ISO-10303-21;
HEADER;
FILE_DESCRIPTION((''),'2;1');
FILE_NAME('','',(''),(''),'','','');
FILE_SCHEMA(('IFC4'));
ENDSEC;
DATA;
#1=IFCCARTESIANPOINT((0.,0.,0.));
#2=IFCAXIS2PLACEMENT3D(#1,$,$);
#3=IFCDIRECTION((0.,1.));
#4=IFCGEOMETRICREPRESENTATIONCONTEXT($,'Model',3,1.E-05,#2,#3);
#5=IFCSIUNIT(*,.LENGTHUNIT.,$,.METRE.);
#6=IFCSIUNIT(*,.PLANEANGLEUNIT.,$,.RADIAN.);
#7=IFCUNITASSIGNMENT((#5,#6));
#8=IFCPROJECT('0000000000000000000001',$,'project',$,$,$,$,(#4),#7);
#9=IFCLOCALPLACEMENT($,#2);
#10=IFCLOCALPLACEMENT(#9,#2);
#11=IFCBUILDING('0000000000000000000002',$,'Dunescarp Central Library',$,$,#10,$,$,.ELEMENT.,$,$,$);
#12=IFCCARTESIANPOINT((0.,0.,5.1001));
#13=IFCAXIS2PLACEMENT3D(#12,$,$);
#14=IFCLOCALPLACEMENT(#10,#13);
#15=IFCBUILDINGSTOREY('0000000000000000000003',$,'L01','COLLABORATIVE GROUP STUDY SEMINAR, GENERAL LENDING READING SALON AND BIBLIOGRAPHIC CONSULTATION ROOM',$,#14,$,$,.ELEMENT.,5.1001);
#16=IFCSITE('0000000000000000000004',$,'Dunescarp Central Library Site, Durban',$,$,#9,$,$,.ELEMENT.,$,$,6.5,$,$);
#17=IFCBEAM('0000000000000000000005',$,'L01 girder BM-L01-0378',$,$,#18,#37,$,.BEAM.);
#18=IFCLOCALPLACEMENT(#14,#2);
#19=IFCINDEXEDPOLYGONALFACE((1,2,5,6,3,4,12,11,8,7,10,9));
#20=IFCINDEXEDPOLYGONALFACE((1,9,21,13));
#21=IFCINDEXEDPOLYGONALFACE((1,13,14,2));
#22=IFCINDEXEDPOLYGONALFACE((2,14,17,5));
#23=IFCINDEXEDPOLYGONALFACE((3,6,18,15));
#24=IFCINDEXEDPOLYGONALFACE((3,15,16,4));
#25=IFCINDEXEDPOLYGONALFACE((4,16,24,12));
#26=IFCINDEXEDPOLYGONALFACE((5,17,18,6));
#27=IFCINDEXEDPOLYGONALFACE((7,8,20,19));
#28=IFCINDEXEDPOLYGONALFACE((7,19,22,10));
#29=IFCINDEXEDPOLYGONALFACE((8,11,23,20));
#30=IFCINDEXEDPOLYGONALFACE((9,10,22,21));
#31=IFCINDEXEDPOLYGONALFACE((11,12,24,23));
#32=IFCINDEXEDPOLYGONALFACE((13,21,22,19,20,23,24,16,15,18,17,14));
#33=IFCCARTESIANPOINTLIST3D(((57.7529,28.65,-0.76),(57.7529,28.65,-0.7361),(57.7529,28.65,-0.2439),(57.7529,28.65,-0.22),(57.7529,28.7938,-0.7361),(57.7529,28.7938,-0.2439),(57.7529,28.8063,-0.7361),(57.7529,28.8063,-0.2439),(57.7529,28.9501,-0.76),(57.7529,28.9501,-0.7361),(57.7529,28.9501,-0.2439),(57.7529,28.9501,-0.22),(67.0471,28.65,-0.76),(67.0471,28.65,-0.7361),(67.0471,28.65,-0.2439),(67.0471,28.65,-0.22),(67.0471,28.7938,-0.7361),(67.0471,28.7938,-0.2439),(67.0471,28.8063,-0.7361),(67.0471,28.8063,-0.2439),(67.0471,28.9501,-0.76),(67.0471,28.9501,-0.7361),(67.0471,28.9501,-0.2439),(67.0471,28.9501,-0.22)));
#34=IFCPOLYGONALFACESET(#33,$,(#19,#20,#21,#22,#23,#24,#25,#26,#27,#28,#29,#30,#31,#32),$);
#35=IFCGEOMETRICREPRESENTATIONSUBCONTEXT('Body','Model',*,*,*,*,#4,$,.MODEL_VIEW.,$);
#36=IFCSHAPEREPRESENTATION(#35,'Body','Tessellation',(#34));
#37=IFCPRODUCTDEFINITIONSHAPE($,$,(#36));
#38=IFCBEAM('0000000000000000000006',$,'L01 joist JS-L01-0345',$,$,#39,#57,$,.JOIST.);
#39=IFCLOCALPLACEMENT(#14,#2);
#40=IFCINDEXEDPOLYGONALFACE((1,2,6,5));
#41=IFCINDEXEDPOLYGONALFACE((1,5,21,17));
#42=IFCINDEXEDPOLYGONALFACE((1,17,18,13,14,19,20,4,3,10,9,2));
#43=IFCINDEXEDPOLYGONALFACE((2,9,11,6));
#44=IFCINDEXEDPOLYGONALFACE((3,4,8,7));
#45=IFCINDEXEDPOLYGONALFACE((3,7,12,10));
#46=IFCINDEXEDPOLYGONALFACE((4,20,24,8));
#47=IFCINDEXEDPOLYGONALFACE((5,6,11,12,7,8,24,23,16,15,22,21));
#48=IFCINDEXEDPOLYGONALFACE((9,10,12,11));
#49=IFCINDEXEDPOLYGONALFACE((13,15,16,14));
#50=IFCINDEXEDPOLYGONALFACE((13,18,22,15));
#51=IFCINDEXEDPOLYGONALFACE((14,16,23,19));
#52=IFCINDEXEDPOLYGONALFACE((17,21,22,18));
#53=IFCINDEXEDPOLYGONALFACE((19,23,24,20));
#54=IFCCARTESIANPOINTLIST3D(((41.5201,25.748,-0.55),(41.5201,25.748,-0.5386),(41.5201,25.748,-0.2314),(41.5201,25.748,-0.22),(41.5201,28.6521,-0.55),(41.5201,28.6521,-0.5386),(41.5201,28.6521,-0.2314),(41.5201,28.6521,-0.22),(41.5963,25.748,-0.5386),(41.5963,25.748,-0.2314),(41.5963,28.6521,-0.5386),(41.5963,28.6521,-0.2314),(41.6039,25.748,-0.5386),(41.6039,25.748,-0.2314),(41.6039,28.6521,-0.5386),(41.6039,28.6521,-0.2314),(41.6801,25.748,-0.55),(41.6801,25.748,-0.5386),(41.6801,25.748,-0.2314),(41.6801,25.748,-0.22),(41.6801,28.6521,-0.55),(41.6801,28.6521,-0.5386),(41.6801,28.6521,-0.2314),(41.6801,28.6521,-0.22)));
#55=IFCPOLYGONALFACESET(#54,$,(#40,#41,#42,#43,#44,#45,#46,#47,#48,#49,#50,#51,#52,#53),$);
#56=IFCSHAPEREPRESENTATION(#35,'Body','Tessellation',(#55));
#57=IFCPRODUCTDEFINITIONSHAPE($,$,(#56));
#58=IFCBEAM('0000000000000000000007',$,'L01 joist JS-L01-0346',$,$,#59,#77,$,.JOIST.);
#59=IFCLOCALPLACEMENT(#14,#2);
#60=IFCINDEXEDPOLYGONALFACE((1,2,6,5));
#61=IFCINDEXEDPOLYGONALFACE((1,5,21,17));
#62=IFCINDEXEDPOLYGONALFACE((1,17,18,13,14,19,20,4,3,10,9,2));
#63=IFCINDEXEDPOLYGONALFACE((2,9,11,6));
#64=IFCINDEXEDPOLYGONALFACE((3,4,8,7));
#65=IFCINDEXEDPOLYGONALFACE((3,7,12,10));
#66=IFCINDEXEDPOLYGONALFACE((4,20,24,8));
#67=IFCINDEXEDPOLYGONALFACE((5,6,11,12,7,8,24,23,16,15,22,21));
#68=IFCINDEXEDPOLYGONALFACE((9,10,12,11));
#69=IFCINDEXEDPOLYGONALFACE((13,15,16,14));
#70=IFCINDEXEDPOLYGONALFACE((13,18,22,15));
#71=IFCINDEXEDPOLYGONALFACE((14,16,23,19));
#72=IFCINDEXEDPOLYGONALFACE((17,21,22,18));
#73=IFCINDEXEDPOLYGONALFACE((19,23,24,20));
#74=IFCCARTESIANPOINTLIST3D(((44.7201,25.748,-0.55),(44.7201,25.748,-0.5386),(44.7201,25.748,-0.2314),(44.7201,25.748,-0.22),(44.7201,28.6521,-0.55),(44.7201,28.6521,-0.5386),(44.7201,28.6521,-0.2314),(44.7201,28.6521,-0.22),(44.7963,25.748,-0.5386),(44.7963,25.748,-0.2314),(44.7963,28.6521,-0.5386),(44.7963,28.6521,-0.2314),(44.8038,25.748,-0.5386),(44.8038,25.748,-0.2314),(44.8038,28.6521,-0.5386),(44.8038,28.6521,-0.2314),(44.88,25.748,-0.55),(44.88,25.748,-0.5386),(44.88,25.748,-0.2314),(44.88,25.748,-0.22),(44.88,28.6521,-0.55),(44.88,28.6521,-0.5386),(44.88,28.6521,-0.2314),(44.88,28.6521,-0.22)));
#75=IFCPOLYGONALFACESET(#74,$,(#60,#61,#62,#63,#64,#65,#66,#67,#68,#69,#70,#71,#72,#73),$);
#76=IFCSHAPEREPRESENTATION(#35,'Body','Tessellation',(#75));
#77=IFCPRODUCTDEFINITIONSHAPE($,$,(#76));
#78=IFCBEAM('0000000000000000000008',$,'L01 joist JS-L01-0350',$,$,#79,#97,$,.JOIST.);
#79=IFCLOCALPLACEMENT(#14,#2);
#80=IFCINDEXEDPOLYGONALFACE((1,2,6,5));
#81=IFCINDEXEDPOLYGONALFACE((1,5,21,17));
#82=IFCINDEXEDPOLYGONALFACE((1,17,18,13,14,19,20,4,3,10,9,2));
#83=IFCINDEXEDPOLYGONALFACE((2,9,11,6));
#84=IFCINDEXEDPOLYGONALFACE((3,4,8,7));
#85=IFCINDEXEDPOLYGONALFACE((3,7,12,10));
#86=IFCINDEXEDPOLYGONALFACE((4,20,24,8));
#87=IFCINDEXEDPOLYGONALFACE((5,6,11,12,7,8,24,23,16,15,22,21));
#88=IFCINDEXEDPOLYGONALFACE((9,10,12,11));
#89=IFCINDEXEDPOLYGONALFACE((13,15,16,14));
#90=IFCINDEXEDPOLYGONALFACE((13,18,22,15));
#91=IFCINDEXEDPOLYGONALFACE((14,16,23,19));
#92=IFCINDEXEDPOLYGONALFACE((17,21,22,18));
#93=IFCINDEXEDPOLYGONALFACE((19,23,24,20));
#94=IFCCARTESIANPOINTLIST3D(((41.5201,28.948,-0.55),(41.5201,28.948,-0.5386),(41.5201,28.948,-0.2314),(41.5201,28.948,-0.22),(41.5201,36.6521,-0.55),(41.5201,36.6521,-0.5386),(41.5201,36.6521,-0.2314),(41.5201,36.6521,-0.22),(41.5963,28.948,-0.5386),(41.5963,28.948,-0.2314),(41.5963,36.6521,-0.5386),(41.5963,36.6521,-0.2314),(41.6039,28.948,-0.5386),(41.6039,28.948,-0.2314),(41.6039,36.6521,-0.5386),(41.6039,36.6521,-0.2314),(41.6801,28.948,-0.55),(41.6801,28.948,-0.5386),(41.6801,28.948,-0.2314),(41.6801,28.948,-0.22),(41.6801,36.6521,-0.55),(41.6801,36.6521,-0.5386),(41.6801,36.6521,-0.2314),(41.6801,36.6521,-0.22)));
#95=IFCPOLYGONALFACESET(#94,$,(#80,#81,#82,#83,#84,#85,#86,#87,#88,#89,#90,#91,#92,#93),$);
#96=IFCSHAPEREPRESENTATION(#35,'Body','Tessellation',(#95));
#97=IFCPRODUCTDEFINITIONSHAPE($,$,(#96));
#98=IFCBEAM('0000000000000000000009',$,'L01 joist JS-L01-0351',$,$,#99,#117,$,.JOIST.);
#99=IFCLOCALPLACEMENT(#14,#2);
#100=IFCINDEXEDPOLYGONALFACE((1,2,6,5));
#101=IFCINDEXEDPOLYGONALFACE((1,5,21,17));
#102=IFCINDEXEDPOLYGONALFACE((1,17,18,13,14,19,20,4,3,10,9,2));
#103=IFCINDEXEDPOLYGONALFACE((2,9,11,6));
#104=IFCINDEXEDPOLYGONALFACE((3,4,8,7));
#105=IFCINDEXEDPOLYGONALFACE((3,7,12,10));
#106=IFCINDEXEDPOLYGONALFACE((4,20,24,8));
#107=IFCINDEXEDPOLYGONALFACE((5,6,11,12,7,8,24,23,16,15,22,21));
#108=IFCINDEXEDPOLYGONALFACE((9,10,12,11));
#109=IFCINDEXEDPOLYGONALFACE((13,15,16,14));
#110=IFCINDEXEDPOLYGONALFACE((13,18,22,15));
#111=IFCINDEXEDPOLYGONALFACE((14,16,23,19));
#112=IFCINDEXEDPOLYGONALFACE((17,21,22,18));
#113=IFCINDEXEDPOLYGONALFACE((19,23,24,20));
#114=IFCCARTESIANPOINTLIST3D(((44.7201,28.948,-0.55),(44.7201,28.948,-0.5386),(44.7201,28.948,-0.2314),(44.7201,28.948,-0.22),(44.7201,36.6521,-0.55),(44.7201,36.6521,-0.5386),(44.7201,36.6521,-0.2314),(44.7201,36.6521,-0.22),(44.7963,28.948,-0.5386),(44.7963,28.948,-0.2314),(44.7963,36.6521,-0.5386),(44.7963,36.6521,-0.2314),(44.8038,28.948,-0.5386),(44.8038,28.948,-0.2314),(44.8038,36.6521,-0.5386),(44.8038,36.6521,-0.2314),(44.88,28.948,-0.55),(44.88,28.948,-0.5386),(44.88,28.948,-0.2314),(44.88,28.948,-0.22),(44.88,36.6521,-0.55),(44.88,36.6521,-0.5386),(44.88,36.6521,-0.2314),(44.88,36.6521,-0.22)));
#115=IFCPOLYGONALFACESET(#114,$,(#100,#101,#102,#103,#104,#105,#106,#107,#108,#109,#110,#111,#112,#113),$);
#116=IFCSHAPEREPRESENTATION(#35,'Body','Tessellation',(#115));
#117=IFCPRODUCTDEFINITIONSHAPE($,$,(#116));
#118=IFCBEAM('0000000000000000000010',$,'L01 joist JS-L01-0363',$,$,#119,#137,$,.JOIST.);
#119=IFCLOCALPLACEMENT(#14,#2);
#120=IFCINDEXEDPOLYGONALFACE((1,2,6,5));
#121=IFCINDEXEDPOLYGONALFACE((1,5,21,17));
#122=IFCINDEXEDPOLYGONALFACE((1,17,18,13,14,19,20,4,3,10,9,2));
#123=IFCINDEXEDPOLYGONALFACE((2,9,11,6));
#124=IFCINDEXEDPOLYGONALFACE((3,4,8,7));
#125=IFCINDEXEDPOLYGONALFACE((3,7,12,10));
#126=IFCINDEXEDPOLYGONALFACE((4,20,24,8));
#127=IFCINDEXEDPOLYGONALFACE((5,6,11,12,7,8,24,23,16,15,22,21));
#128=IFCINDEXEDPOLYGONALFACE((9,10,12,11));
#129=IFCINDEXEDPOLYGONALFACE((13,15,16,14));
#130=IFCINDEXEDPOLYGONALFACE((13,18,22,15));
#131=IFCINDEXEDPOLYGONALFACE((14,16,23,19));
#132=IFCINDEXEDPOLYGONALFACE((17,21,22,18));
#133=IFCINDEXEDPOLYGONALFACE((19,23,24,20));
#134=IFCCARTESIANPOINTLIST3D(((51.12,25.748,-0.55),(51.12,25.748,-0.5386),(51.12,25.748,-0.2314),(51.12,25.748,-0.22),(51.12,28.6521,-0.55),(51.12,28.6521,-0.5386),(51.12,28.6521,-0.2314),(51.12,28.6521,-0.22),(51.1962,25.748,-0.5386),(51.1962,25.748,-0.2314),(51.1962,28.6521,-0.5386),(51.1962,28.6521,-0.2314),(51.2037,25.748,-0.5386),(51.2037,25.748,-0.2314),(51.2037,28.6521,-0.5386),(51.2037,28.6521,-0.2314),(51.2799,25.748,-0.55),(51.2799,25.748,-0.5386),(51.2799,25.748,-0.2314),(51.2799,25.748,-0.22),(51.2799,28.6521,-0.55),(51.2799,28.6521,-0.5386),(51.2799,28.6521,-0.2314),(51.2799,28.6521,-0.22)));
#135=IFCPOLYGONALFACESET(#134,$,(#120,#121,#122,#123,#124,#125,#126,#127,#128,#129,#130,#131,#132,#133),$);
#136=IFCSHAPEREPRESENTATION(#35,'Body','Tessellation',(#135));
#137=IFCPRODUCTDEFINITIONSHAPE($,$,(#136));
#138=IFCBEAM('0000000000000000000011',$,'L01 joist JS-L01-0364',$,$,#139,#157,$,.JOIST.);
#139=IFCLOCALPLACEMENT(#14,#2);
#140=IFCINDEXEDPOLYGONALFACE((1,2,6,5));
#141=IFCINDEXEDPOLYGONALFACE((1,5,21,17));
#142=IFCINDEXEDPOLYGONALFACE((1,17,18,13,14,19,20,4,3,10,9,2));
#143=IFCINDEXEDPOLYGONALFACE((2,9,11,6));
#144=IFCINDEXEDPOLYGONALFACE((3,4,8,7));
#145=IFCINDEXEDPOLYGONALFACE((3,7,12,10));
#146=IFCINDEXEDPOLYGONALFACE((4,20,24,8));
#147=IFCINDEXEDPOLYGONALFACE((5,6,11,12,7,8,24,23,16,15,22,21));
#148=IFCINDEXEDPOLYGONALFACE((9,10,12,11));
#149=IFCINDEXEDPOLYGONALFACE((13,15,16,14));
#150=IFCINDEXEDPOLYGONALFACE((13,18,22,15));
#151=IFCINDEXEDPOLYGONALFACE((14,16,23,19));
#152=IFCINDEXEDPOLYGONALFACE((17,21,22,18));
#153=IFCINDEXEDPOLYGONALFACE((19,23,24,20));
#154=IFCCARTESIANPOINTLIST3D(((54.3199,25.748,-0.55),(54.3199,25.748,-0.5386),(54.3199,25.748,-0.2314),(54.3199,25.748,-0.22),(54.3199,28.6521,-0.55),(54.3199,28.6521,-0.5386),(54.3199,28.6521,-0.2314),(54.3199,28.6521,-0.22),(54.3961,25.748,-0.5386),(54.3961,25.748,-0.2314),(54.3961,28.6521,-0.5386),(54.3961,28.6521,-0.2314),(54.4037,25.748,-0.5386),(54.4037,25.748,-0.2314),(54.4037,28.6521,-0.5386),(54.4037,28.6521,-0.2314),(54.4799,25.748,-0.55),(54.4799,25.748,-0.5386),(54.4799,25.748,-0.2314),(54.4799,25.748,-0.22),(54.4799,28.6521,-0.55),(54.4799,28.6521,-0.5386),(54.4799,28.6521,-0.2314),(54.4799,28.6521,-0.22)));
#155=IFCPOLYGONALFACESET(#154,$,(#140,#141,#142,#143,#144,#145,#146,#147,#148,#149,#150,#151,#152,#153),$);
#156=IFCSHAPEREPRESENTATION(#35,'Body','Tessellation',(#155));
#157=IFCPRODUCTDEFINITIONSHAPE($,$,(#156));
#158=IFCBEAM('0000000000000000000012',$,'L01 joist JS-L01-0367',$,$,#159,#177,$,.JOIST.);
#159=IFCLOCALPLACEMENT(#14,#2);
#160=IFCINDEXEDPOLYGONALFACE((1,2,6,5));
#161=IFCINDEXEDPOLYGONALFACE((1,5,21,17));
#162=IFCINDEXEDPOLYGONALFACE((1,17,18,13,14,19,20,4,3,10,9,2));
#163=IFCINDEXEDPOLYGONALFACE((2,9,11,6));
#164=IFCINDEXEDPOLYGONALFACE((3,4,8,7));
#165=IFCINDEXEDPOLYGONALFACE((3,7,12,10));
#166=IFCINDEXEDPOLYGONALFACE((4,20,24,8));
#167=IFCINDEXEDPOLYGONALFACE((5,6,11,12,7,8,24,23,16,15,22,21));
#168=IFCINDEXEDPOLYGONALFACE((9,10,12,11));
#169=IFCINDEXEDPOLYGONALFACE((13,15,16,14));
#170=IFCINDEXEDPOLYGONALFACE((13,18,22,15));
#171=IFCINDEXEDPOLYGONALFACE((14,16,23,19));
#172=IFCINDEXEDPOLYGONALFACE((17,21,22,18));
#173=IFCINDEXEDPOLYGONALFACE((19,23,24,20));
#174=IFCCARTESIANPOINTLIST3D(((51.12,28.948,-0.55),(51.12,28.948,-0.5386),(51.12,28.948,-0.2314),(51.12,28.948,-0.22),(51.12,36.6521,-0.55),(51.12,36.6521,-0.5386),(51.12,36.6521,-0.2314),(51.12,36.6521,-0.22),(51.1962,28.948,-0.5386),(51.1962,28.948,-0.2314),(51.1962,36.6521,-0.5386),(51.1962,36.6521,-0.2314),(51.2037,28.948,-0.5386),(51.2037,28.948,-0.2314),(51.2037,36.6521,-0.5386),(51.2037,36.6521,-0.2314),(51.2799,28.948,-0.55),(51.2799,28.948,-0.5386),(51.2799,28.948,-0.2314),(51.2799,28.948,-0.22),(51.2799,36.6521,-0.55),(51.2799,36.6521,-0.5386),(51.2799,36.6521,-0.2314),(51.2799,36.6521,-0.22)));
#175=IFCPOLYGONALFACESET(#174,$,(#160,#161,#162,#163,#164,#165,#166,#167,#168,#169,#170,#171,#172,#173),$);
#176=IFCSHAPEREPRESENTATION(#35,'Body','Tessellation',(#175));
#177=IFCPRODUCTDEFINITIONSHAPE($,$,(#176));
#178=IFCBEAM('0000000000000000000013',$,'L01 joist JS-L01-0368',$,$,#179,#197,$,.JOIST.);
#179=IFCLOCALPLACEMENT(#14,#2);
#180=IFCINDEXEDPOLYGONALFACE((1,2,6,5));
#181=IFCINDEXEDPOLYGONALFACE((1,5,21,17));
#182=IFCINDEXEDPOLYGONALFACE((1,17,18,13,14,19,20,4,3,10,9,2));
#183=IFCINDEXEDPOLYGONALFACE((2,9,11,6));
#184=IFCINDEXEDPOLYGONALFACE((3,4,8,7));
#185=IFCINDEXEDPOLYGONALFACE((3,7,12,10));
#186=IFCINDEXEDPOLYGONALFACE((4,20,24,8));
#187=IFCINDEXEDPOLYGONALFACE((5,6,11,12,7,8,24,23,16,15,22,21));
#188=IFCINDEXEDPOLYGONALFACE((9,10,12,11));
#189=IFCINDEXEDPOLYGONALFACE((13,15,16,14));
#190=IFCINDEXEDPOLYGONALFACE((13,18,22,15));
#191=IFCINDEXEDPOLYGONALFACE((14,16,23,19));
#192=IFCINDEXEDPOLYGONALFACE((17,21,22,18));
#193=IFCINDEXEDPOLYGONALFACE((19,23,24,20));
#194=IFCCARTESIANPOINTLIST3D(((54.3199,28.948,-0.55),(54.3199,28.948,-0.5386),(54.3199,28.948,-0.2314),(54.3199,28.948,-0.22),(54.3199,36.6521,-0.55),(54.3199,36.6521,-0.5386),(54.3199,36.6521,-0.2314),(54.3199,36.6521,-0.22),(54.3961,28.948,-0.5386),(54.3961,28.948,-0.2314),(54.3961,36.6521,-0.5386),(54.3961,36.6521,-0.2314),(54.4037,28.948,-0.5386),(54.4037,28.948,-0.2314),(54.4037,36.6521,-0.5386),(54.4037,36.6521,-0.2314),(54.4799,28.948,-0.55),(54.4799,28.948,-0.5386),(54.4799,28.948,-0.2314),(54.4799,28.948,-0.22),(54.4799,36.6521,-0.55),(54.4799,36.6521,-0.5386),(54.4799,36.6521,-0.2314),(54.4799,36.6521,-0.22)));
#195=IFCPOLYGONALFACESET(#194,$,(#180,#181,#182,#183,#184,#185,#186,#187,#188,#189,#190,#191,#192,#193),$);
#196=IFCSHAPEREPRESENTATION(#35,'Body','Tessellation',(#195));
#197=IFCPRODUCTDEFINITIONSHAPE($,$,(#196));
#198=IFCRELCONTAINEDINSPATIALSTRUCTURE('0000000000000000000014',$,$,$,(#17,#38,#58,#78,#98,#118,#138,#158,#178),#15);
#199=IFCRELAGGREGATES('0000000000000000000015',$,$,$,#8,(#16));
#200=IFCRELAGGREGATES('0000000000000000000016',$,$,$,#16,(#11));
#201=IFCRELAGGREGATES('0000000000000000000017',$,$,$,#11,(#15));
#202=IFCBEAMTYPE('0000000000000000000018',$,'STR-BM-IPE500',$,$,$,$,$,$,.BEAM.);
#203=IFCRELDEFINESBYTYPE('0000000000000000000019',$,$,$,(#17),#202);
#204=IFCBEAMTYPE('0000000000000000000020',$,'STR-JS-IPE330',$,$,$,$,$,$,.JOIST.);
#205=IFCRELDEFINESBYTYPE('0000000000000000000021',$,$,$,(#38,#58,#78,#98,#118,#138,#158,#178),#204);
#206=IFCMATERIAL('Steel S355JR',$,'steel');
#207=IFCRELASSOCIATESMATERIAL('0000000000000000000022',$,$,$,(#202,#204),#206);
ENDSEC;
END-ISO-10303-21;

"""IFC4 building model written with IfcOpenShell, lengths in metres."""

from ifc_helpers import new_model, si_unit, direction, frame, origin, origin_2d, place, context, subcontext, project, spatial, i_section, extrude, material, material_profile, profile_set, type_object, element, save


model = new_model("IFC4")

# Units and contexts
model_context = context("Model", 3, precision=1e-05, world=origin(), true_north=direction((0.0, 1.0)))
body_context = subcontext(model_context, "Body", "Model", "MODEL_VIEW")
ifc_project = project(units=[si_unit("LENGTHUNIT", "METRE"), si_unit("PLANEANGLEUNIT", "RADIAN")], contexts=[model_context])

# Site, building, storey
site_placement = place(None, origin())
site = spatial("IfcSite", under=ifc_project, at=site_placement, Name="Dunescarp Central Library Site, Durban", CompositionType="ELEMENT", RefElevation=6.5)
building_placement = place(site_placement, origin())
building = spatial("IfcBuilding", under=site, at=building_placement, Name="Dunescarp Central Library", CompositionType="ELEMENT")
storey_placement = place(building_placement, frame((0.0, 0.0, 5.1001)))
storey = spatial("IfcBuildingStorey", under=building, at=storey_placement, Name="L01", Description="COLLABORATIVE GROUP STUDY SEMINAR, GENERAL LENDING READING SALON AND BIBLIOGRAPHIC CONSULTATION ROOM", CompositionType="ELEMENT", Elevation=5.1001)

# Shared definitions
ifc_material = material(Name="Steel S355JR", Category="steel")

# Beams
ifc_material_profile_1 = material_profile(ifc_material, i_section(OverallWidth=0.3, OverallDepth=0.54, WebThickness=0.0125, FlangeThickness=0.0239, at=origin_2d()), Name="HEA 550")
ifc_profile_set_1 = profile_set([ifc_material_profile_1], Name="Steel S355JR")
beam_type_1 = type_object("IfcBeamType", Name="STR-BM-IPE500", PredefinedType="BEAM", material=ifc_profile_set_1)
beam_1_placement = place(storey_placement, frame((57.7529, 28.8, -0.49), z_axis=(1.0, 0.0, 0.0), x_axis=(0.0, 1.0, 0.0)))
element("IfcBeam", 1, at=beam_1_placement, inside=storey, type_object=beam_type_1, Name="L01 girder BM-L01-0378", PredefinedType="BEAM", context=body_context, shape_type="SweptSolid", body=[
    extrude(i_section(OverallWidth=0.3, OverallDepth=0.54, WebThickness=0.0125, FlangeThickness=0.0239, at=origin_2d()), origin(), (0.0, 0.0, 1.0), 9.2942),
])
ifc_material_profile_2 = material_profile(ifc_material, i_section(OverallWidth=0.1599, OverallDepth=0.3301, WebThickness=0.0076, FlangeThickness=0.0115, at=origin_2d()), Name="IPE 330")
ifc_profile_set_2 = profile_set([ifc_material_profile_2], Name="Steel S355JR")
beam_type_2 = type_object("IfcBeamType", Name="STR-JS-IPE330", PredefinedType="JOIST", material=ifc_profile_set_2)
for number, where, z_axis, x_axis, name in (
    (2, (41.6001, 25.748, -0.385), (0.0, 1.0, 0.0), (-1.0, 0.0, 0.0), "L01 joist JS-L01-0345"),
    (3, (44.8, 25.748, -0.385), (0.0, 1.0, 0.0), (-1.0, 0.0, 0.0), "L01 joist JS-L01-0346"),
):
    element("IfcBeam", number, at=place(storey_placement, frame(where, z_axis=z_axis, x_axis=x_axis)), inside=storey, type_object=beam_type_2, Name=name, PredefinedType="JOIST", context=body_context, shape_type="SweptSolid", body=[
        extrude(i_section(OverallWidth=0.1599, OverallDepth=0.3301, WebThickness=0.0076, FlangeThickness=0.0115, at=origin_2d()), origin(), (0.0, 0.0, 1.0), 2.9041),
    ])
for number, where, z_axis, x_axis, name in (
    (4, (41.6001, 28.948, -0.385), (0.0, 1.0, 0.0), (-1.0, 0.0, 0.0), "L01 joist JS-L01-0350"),
    (5, (44.8, 28.948, -0.385), (0.0, 1.0, 0.0), (-1.0, 0.0, 0.0), "L01 joist JS-L01-0351"),
):
    element("IfcBeam", number, at=place(storey_placement, frame(where, z_axis=z_axis, x_axis=x_axis)), inside=storey, type_object=beam_type_2, Name=name, PredefinedType="JOIST", context=body_context, shape_type="SweptSolid", body=[
        extrude(i_section(OverallWidth=0.1599, OverallDepth=0.3301, WebThickness=0.0076, FlangeThickness=0.0115, at=origin_2d()), origin(), (0.0, 0.0, 1.0), 7.7041),
    ])
for number, where, z_axis, x_axis, name in (
    (6, (51.2, 25.748, -0.385), (0.0, 1.0, 0.0), (-1.0, 0.0, 0.0), "L01 joist JS-L01-0363"),
    (7, (54.3999, 25.748, -0.385), (0.0, 1.0, 0.0), (-1.0, 0.0, 0.0), "L01 joist JS-L01-0364"),
):
    element("IfcBeam", number, at=place(storey_placement, frame(where, z_axis=z_axis, x_axis=x_axis)), inside=storey, type_object=beam_type_2, Name=name, PredefinedType="JOIST", context=body_context, shape_type="SweptSolid", body=[
        extrude(i_section(OverallWidth=0.1599, OverallDepth=0.3301, WebThickness=0.0076, FlangeThickness=0.0115, at=origin_2d()), origin(), (0.0, 0.0, 1.0), 2.9041),
    ])
for number, where, z_axis, x_axis, name in (
    (8, (51.2, 28.948, -0.385), (0.0, 1.0, 0.0), (-1.0, 0.0, 0.0), "L01 joist JS-L01-0367"),
    (9, (54.3999, 28.948, -0.385), (0.0, 1.0, 0.0), (-1.0, 0.0, 0.0), "L01 joist JS-L01-0368"),
):
    element("IfcBeam", number, at=place(storey_placement, frame(where, z_axis=z_axis, x_axis=x_axis)), inside=storey, type_object=beam_type_2, Name=name, PredefinedType="JOIST", context=body_context, shape_type="SweptSolid", body=[
        extrude(i_section(OverallWidth=0.1599, OverallDepth=0.3301, WebThickness=0.0076, FlangeThickness=0.0115, at=origin_2d()), origin(), (0.0, 0.0, 1.0), 7.7041),
    ])

save(model, "model.ifc")
